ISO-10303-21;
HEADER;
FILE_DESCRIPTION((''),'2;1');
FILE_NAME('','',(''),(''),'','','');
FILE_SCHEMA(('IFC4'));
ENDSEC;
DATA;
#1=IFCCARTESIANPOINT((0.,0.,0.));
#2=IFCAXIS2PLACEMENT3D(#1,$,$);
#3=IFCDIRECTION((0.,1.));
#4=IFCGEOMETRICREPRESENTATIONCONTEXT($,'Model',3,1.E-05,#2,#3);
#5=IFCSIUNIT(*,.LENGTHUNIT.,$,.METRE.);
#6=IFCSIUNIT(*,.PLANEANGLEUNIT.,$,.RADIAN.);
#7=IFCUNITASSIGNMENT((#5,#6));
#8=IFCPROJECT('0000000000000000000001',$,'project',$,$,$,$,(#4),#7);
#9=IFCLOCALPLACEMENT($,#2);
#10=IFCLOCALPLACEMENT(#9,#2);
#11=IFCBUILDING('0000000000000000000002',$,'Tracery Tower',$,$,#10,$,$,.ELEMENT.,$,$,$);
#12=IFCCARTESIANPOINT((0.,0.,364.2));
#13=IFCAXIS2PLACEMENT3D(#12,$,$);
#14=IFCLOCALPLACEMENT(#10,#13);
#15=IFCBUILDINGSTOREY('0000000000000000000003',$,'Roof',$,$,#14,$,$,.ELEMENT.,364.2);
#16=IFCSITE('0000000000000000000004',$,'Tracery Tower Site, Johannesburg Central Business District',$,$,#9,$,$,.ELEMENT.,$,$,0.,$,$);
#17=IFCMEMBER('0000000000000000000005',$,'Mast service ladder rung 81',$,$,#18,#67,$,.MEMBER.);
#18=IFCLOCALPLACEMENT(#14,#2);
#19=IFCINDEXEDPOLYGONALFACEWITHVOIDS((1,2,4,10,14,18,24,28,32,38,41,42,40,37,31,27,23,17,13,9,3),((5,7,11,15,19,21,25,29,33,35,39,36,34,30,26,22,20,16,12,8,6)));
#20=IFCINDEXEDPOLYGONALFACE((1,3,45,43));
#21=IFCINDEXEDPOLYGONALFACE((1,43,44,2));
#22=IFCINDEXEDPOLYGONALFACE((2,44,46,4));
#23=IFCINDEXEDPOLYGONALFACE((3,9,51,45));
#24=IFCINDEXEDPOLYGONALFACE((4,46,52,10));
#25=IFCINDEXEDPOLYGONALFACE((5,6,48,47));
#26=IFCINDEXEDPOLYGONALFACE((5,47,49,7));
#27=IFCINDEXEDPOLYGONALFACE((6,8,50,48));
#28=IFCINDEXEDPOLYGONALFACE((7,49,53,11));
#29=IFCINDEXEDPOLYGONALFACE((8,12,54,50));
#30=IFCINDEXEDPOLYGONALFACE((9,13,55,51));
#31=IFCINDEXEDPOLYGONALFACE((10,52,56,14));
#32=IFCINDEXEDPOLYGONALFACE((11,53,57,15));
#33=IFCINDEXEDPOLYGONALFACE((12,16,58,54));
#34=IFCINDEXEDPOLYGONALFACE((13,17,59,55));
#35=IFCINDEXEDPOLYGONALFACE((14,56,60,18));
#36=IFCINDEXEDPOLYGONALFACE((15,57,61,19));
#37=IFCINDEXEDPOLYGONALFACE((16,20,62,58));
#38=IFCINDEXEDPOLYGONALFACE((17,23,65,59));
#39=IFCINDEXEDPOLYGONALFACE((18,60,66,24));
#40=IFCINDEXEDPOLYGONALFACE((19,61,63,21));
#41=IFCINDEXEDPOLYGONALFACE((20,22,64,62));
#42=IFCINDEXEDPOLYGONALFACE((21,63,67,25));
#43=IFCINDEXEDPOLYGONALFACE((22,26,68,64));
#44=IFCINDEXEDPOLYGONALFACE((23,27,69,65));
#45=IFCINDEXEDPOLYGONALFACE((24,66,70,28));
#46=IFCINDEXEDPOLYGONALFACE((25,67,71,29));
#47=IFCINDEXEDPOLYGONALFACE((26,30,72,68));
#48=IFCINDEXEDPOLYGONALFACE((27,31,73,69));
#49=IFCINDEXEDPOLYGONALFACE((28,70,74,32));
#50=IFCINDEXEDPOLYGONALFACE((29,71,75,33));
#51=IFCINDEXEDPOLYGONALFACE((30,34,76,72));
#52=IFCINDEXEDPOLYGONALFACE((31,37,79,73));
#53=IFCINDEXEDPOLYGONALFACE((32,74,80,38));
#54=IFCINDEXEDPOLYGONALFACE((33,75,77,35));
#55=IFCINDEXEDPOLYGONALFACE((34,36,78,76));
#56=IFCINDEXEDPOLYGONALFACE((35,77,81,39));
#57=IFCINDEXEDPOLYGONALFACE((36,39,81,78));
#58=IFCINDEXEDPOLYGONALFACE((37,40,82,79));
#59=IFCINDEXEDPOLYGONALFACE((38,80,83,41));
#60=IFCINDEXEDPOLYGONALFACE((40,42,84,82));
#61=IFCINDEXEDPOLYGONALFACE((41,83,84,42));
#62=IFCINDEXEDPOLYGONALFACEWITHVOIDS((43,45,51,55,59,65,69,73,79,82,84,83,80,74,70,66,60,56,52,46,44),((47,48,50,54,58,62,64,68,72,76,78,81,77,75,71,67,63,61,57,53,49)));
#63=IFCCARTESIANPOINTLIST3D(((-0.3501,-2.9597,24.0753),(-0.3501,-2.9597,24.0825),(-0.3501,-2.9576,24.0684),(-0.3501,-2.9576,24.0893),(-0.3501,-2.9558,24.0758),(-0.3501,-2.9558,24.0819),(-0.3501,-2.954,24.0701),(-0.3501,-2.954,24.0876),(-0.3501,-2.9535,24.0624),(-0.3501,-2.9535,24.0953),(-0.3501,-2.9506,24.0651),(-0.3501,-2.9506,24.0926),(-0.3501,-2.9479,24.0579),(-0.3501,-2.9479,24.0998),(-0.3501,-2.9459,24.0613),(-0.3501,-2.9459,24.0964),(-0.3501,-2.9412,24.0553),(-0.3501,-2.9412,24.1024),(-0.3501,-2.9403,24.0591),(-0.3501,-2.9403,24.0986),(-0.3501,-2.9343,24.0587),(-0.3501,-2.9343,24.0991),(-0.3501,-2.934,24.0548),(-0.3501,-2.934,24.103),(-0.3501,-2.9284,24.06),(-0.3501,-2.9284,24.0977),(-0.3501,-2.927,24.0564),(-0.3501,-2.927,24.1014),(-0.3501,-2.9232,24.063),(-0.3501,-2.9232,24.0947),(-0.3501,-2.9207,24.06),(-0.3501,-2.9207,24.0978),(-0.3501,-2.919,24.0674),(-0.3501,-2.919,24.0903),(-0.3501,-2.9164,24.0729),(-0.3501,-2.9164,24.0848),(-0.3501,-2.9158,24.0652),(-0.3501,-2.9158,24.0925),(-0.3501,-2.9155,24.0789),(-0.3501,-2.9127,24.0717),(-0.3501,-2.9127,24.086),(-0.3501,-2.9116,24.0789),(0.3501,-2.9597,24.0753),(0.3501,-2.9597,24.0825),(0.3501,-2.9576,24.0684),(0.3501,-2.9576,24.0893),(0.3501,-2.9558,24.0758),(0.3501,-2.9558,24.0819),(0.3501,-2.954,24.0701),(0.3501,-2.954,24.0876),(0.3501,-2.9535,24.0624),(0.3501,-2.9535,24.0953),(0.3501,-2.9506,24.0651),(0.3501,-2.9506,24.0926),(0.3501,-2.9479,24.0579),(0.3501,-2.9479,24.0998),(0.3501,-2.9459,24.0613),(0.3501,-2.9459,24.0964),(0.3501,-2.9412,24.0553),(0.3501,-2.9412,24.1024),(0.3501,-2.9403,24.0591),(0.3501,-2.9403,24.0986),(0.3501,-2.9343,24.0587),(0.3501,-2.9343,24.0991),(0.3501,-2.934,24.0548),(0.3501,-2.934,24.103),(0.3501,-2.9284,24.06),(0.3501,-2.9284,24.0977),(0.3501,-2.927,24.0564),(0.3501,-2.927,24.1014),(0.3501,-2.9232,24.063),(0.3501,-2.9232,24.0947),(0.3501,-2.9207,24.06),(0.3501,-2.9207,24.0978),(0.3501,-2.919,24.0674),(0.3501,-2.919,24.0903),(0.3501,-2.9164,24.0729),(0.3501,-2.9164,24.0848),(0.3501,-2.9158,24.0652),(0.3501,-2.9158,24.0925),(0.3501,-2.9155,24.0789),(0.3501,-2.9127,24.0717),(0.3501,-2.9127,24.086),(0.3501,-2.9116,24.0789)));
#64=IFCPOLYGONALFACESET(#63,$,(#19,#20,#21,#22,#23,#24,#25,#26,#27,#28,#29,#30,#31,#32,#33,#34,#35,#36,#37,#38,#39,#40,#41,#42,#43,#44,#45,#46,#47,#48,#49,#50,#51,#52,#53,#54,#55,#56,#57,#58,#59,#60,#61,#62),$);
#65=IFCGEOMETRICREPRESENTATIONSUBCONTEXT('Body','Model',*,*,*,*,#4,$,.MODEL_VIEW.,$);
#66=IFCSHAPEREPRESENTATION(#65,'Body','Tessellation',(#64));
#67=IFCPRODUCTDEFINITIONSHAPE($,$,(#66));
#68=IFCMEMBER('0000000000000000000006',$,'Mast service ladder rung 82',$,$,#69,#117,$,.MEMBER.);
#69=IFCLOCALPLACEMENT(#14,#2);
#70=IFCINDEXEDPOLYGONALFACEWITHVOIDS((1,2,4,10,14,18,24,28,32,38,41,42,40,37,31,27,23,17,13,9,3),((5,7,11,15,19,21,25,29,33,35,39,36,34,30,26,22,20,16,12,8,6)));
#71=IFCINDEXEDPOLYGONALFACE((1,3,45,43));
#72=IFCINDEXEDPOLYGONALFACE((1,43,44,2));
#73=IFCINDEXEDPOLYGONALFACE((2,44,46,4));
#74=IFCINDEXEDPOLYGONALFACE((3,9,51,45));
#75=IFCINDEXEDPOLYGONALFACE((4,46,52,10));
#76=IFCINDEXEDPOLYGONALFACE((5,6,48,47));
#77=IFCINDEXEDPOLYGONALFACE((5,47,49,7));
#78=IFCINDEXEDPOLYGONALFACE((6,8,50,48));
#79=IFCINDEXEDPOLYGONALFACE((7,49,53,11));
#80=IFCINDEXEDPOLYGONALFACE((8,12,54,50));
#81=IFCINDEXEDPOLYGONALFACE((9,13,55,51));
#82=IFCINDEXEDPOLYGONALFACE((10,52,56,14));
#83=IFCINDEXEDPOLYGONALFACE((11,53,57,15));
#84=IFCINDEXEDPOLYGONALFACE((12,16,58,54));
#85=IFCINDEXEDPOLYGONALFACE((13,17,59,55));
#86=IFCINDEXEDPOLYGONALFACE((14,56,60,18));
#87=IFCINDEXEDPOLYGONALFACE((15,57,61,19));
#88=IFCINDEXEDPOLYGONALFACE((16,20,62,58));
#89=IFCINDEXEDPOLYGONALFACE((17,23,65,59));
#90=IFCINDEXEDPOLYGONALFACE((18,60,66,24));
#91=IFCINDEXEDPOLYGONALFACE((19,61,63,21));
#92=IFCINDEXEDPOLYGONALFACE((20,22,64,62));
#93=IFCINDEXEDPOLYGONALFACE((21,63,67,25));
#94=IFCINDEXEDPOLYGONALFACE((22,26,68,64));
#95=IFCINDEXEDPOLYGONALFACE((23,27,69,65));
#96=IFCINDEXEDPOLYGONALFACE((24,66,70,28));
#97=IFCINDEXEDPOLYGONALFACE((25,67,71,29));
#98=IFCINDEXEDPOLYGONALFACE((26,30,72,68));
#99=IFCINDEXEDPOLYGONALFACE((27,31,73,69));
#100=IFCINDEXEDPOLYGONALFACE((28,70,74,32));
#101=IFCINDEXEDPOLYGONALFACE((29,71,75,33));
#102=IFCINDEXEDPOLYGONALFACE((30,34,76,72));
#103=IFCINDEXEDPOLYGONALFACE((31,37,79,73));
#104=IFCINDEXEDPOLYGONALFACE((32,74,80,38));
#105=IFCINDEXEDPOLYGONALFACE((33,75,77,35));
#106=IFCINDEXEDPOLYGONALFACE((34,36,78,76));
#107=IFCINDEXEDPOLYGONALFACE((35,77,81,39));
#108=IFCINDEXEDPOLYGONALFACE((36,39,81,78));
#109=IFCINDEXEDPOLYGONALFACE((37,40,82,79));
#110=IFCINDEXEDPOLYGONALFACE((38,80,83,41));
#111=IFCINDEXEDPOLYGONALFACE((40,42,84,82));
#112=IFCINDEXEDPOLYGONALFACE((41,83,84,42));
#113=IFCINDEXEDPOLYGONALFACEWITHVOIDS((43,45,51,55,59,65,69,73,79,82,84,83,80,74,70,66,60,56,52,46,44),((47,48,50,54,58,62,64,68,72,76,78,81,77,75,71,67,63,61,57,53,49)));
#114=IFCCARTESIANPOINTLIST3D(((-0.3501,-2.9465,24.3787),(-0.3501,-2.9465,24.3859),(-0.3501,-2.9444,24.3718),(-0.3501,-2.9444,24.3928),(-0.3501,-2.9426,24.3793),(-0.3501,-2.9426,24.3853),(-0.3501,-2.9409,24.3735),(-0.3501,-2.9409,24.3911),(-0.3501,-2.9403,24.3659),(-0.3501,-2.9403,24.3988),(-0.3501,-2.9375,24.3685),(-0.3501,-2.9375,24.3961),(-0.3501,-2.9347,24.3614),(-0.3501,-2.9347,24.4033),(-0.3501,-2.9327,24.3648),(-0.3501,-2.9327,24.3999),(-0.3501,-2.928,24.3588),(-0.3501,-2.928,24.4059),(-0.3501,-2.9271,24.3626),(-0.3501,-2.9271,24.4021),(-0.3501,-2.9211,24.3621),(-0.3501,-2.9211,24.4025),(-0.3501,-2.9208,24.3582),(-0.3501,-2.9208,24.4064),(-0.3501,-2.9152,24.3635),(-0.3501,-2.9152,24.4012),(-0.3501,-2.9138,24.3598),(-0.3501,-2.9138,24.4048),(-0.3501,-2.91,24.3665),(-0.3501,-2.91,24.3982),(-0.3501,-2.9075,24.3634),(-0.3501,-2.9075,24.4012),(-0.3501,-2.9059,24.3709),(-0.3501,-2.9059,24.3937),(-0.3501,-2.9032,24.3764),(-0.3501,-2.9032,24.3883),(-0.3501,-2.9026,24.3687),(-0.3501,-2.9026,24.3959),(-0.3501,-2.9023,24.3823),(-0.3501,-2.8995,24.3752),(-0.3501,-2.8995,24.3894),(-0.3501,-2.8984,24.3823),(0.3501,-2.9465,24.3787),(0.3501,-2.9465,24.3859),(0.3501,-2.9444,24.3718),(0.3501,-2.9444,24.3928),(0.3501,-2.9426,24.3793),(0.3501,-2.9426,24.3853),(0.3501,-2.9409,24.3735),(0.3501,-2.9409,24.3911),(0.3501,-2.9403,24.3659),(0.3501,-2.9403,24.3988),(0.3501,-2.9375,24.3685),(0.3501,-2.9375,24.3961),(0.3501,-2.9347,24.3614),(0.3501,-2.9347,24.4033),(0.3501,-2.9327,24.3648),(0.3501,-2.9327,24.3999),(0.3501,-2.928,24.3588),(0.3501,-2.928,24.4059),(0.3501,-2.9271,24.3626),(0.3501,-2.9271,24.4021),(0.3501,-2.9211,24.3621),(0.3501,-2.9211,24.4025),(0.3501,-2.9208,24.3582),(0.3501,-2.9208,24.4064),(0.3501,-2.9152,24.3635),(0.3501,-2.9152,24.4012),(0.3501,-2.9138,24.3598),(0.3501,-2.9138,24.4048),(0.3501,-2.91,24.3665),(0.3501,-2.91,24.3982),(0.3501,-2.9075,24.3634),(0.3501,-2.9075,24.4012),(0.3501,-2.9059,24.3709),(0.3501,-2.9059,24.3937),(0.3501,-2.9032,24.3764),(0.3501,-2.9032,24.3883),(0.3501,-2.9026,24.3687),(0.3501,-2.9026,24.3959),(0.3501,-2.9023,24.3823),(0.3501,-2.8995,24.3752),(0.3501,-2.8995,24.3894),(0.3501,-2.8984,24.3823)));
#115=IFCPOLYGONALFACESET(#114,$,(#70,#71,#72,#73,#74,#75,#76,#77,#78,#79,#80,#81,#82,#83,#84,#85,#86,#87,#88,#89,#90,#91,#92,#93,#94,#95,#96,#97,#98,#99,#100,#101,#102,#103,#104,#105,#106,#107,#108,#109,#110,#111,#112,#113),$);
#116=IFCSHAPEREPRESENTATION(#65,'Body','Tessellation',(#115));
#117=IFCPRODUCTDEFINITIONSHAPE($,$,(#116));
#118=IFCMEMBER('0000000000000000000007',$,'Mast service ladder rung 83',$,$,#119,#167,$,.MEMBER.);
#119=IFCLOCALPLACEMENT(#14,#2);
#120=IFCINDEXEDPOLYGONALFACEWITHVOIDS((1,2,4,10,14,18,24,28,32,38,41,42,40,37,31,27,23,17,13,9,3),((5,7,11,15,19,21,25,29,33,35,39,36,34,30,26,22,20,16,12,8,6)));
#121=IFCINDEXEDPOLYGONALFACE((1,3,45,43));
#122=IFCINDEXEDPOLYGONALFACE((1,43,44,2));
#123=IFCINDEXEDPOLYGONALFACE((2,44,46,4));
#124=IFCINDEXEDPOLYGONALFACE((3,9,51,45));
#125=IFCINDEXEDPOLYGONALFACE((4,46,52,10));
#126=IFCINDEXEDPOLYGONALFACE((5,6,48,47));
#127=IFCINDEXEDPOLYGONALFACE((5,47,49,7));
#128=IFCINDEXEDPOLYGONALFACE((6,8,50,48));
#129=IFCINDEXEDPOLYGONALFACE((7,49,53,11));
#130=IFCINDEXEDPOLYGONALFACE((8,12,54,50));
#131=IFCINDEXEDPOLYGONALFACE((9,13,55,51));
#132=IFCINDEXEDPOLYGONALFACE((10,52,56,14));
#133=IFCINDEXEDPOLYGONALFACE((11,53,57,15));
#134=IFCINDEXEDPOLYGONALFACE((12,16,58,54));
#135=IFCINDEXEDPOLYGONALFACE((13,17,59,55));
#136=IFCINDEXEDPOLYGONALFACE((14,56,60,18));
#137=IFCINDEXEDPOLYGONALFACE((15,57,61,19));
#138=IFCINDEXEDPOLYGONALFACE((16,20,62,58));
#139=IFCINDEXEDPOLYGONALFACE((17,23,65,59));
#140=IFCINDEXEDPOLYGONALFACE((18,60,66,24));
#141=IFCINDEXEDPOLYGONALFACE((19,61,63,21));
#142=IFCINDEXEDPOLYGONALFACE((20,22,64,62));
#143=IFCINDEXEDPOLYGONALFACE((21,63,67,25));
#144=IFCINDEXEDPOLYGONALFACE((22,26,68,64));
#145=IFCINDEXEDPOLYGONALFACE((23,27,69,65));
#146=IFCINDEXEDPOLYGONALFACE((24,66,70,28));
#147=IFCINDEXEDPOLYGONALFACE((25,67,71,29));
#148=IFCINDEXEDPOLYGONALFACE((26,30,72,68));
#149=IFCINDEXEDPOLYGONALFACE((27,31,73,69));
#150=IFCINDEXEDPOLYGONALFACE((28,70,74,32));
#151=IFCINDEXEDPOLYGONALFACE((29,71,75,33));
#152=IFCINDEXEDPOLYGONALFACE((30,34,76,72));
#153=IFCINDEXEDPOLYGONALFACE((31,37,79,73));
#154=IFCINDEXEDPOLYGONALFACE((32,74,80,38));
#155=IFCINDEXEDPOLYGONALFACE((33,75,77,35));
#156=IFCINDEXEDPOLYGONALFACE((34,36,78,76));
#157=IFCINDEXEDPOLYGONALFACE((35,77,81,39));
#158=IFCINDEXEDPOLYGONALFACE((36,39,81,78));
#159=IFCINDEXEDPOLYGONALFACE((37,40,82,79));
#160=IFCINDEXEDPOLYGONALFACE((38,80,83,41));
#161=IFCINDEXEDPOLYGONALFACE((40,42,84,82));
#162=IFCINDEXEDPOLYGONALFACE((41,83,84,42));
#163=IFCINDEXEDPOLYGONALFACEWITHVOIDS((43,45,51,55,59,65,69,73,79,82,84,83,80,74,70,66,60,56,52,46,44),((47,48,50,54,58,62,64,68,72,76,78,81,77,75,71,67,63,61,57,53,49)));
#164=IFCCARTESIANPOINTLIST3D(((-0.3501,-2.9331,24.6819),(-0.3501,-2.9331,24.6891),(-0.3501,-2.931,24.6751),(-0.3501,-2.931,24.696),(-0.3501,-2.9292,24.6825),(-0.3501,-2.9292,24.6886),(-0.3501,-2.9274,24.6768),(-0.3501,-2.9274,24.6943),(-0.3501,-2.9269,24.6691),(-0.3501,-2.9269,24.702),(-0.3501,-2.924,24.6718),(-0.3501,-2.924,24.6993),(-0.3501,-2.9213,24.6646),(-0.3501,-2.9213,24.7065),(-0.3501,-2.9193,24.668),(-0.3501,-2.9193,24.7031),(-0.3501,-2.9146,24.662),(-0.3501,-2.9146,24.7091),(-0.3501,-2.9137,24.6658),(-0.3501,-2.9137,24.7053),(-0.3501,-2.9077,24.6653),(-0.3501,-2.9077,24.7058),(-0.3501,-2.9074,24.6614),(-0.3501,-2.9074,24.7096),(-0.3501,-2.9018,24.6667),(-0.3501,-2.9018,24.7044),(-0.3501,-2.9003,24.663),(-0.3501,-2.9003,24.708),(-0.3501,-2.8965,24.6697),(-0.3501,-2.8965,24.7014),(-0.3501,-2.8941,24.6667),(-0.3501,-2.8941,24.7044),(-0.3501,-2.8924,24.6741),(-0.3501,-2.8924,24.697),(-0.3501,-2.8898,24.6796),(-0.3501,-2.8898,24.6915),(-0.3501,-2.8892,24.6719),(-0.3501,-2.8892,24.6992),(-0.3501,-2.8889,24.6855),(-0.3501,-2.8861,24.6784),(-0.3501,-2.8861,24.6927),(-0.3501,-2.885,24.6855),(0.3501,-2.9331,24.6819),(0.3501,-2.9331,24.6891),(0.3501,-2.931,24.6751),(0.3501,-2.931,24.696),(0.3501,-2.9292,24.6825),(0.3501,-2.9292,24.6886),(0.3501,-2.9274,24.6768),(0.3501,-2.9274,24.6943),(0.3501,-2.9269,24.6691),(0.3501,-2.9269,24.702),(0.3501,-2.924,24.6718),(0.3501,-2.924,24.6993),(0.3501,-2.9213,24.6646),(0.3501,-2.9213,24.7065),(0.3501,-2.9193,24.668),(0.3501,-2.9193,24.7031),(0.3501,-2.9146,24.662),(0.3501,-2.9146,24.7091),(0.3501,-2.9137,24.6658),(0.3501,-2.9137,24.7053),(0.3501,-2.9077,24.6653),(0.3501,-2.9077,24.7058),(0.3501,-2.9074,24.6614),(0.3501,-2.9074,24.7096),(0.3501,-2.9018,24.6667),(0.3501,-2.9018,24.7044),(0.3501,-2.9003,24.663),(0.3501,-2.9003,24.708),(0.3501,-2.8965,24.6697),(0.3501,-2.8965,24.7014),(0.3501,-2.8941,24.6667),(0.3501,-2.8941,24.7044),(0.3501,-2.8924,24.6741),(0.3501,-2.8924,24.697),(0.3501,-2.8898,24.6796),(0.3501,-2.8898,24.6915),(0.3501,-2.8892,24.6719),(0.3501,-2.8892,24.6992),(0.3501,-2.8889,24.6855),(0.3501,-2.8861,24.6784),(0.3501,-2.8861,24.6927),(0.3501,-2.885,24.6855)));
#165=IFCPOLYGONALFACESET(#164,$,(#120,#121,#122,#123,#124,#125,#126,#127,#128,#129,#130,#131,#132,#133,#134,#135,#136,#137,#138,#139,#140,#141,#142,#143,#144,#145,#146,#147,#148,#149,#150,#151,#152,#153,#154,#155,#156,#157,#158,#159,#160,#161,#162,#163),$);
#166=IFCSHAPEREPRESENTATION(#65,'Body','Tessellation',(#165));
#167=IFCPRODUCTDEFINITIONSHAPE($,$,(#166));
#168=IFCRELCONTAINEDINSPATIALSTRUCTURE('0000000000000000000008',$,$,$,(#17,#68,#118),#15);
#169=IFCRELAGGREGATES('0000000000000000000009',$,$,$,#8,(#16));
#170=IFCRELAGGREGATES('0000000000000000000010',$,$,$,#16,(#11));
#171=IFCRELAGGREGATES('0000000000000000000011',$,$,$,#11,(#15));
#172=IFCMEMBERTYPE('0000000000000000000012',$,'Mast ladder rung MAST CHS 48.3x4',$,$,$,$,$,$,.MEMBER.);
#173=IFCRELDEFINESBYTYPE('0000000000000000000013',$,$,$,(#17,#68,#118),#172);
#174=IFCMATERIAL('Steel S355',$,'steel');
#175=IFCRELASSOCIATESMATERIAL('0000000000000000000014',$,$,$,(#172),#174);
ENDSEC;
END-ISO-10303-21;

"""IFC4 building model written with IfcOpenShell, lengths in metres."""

from ifc_helpers import new_model, si_unit, direction, frame, origin, origin_2d, place, context, subcontext, project, spatial, hollow_circle, extrude, material, material_profile, profile_set, type_object, element, save


model = new_model("IFC4")

# Units and contexts
model_context = context("Model", 3, precision=1e-05, world=origin(), true_north=direction((0.0, 1.0)))
body_context = subcontext(model_context, "Body", "Model", "MODEL_VIEW")
ifc_project = project(units=[si_unit("LENGTHUNIT", "METRE"), si_unit("PLANEANGLEUNIT", "RADIAN")], contexts=[model_context])

# Site, building, storey
site_placement = place(None, origin())
site = spatial("IfcSite", under=ifc_project, at=site_placement, Name="Tracery Tower Site, Johannesburg Central Business District", CompositionType="ELEMENT", RefElevation=0.0)
building_placement = place(site_placement, origin())
building = spatial("IfcBuilding", under=site, at=building_placement, Name="Tracery Tower", CompositionType="ELEMENT")
storey_placement = place(building_placement, frame((0.0, 0.0, 364.2)))
storey = spatial("IfcBuildingStorey", under=building, at=storey_placement, Name="Roof", CompositionType="ELEMENT", Elevation=364.2)

# Members
ifc_material_1 = material(Name="Steel S355", Category="steel")
ifc_material_profile_1 = material_profile(ifc_material_1, hollow_circle(Radius=0.0242, WallThickness=0.0039, at=origin_2d()), Name="CHS 48.3x4")
ifc_profile_set_1 = profile_set([ifc_material_profile_1], Name="Steel S355")
member_type_1 = type_object("IfcMemberType", Name="Mast ladder rung MAST CHS 48.3x4", PredefinedType="MEMBER", material=ifc_profile_set_1)
for number, where, z_axis, x_axis, name in (
    (1, (-0.3501, -2.9358, 24.0789), (1.0, 0.0, 0.0), (0.0, 1.0, 0.0), "Mast service ladder rung 81"),
    (2, (-0.3501, -2.9226, 24.3823), (1.0, 0.0, 0.0), (0.0, 1.0, 0.0), "Mast service ladder rung 82"),
    (3, (-0.3501, -2.9092, 24.6855), (1.0, 0.0, 0.0), (0.0, 1.0, 0.0), "Mast service ladder rung 83"),
):
    element("IfcMember", number, at=place(storey_placement, frame(where, z_axis=z_axis, x_axis=x_axis)), inside=storey, type_object=member_type_1, Name=name, PredefinedType="MEMBER", context=body_context, shape_type="SweptSolid", body=[
        extrude(hollow_circle(Radius=0.0242, WallThickness=0.0039, at=origin_2d()), origin(), (0.0, 0.0, 1.0), 0.7002),
    ])

save(model, "model.ifc")
